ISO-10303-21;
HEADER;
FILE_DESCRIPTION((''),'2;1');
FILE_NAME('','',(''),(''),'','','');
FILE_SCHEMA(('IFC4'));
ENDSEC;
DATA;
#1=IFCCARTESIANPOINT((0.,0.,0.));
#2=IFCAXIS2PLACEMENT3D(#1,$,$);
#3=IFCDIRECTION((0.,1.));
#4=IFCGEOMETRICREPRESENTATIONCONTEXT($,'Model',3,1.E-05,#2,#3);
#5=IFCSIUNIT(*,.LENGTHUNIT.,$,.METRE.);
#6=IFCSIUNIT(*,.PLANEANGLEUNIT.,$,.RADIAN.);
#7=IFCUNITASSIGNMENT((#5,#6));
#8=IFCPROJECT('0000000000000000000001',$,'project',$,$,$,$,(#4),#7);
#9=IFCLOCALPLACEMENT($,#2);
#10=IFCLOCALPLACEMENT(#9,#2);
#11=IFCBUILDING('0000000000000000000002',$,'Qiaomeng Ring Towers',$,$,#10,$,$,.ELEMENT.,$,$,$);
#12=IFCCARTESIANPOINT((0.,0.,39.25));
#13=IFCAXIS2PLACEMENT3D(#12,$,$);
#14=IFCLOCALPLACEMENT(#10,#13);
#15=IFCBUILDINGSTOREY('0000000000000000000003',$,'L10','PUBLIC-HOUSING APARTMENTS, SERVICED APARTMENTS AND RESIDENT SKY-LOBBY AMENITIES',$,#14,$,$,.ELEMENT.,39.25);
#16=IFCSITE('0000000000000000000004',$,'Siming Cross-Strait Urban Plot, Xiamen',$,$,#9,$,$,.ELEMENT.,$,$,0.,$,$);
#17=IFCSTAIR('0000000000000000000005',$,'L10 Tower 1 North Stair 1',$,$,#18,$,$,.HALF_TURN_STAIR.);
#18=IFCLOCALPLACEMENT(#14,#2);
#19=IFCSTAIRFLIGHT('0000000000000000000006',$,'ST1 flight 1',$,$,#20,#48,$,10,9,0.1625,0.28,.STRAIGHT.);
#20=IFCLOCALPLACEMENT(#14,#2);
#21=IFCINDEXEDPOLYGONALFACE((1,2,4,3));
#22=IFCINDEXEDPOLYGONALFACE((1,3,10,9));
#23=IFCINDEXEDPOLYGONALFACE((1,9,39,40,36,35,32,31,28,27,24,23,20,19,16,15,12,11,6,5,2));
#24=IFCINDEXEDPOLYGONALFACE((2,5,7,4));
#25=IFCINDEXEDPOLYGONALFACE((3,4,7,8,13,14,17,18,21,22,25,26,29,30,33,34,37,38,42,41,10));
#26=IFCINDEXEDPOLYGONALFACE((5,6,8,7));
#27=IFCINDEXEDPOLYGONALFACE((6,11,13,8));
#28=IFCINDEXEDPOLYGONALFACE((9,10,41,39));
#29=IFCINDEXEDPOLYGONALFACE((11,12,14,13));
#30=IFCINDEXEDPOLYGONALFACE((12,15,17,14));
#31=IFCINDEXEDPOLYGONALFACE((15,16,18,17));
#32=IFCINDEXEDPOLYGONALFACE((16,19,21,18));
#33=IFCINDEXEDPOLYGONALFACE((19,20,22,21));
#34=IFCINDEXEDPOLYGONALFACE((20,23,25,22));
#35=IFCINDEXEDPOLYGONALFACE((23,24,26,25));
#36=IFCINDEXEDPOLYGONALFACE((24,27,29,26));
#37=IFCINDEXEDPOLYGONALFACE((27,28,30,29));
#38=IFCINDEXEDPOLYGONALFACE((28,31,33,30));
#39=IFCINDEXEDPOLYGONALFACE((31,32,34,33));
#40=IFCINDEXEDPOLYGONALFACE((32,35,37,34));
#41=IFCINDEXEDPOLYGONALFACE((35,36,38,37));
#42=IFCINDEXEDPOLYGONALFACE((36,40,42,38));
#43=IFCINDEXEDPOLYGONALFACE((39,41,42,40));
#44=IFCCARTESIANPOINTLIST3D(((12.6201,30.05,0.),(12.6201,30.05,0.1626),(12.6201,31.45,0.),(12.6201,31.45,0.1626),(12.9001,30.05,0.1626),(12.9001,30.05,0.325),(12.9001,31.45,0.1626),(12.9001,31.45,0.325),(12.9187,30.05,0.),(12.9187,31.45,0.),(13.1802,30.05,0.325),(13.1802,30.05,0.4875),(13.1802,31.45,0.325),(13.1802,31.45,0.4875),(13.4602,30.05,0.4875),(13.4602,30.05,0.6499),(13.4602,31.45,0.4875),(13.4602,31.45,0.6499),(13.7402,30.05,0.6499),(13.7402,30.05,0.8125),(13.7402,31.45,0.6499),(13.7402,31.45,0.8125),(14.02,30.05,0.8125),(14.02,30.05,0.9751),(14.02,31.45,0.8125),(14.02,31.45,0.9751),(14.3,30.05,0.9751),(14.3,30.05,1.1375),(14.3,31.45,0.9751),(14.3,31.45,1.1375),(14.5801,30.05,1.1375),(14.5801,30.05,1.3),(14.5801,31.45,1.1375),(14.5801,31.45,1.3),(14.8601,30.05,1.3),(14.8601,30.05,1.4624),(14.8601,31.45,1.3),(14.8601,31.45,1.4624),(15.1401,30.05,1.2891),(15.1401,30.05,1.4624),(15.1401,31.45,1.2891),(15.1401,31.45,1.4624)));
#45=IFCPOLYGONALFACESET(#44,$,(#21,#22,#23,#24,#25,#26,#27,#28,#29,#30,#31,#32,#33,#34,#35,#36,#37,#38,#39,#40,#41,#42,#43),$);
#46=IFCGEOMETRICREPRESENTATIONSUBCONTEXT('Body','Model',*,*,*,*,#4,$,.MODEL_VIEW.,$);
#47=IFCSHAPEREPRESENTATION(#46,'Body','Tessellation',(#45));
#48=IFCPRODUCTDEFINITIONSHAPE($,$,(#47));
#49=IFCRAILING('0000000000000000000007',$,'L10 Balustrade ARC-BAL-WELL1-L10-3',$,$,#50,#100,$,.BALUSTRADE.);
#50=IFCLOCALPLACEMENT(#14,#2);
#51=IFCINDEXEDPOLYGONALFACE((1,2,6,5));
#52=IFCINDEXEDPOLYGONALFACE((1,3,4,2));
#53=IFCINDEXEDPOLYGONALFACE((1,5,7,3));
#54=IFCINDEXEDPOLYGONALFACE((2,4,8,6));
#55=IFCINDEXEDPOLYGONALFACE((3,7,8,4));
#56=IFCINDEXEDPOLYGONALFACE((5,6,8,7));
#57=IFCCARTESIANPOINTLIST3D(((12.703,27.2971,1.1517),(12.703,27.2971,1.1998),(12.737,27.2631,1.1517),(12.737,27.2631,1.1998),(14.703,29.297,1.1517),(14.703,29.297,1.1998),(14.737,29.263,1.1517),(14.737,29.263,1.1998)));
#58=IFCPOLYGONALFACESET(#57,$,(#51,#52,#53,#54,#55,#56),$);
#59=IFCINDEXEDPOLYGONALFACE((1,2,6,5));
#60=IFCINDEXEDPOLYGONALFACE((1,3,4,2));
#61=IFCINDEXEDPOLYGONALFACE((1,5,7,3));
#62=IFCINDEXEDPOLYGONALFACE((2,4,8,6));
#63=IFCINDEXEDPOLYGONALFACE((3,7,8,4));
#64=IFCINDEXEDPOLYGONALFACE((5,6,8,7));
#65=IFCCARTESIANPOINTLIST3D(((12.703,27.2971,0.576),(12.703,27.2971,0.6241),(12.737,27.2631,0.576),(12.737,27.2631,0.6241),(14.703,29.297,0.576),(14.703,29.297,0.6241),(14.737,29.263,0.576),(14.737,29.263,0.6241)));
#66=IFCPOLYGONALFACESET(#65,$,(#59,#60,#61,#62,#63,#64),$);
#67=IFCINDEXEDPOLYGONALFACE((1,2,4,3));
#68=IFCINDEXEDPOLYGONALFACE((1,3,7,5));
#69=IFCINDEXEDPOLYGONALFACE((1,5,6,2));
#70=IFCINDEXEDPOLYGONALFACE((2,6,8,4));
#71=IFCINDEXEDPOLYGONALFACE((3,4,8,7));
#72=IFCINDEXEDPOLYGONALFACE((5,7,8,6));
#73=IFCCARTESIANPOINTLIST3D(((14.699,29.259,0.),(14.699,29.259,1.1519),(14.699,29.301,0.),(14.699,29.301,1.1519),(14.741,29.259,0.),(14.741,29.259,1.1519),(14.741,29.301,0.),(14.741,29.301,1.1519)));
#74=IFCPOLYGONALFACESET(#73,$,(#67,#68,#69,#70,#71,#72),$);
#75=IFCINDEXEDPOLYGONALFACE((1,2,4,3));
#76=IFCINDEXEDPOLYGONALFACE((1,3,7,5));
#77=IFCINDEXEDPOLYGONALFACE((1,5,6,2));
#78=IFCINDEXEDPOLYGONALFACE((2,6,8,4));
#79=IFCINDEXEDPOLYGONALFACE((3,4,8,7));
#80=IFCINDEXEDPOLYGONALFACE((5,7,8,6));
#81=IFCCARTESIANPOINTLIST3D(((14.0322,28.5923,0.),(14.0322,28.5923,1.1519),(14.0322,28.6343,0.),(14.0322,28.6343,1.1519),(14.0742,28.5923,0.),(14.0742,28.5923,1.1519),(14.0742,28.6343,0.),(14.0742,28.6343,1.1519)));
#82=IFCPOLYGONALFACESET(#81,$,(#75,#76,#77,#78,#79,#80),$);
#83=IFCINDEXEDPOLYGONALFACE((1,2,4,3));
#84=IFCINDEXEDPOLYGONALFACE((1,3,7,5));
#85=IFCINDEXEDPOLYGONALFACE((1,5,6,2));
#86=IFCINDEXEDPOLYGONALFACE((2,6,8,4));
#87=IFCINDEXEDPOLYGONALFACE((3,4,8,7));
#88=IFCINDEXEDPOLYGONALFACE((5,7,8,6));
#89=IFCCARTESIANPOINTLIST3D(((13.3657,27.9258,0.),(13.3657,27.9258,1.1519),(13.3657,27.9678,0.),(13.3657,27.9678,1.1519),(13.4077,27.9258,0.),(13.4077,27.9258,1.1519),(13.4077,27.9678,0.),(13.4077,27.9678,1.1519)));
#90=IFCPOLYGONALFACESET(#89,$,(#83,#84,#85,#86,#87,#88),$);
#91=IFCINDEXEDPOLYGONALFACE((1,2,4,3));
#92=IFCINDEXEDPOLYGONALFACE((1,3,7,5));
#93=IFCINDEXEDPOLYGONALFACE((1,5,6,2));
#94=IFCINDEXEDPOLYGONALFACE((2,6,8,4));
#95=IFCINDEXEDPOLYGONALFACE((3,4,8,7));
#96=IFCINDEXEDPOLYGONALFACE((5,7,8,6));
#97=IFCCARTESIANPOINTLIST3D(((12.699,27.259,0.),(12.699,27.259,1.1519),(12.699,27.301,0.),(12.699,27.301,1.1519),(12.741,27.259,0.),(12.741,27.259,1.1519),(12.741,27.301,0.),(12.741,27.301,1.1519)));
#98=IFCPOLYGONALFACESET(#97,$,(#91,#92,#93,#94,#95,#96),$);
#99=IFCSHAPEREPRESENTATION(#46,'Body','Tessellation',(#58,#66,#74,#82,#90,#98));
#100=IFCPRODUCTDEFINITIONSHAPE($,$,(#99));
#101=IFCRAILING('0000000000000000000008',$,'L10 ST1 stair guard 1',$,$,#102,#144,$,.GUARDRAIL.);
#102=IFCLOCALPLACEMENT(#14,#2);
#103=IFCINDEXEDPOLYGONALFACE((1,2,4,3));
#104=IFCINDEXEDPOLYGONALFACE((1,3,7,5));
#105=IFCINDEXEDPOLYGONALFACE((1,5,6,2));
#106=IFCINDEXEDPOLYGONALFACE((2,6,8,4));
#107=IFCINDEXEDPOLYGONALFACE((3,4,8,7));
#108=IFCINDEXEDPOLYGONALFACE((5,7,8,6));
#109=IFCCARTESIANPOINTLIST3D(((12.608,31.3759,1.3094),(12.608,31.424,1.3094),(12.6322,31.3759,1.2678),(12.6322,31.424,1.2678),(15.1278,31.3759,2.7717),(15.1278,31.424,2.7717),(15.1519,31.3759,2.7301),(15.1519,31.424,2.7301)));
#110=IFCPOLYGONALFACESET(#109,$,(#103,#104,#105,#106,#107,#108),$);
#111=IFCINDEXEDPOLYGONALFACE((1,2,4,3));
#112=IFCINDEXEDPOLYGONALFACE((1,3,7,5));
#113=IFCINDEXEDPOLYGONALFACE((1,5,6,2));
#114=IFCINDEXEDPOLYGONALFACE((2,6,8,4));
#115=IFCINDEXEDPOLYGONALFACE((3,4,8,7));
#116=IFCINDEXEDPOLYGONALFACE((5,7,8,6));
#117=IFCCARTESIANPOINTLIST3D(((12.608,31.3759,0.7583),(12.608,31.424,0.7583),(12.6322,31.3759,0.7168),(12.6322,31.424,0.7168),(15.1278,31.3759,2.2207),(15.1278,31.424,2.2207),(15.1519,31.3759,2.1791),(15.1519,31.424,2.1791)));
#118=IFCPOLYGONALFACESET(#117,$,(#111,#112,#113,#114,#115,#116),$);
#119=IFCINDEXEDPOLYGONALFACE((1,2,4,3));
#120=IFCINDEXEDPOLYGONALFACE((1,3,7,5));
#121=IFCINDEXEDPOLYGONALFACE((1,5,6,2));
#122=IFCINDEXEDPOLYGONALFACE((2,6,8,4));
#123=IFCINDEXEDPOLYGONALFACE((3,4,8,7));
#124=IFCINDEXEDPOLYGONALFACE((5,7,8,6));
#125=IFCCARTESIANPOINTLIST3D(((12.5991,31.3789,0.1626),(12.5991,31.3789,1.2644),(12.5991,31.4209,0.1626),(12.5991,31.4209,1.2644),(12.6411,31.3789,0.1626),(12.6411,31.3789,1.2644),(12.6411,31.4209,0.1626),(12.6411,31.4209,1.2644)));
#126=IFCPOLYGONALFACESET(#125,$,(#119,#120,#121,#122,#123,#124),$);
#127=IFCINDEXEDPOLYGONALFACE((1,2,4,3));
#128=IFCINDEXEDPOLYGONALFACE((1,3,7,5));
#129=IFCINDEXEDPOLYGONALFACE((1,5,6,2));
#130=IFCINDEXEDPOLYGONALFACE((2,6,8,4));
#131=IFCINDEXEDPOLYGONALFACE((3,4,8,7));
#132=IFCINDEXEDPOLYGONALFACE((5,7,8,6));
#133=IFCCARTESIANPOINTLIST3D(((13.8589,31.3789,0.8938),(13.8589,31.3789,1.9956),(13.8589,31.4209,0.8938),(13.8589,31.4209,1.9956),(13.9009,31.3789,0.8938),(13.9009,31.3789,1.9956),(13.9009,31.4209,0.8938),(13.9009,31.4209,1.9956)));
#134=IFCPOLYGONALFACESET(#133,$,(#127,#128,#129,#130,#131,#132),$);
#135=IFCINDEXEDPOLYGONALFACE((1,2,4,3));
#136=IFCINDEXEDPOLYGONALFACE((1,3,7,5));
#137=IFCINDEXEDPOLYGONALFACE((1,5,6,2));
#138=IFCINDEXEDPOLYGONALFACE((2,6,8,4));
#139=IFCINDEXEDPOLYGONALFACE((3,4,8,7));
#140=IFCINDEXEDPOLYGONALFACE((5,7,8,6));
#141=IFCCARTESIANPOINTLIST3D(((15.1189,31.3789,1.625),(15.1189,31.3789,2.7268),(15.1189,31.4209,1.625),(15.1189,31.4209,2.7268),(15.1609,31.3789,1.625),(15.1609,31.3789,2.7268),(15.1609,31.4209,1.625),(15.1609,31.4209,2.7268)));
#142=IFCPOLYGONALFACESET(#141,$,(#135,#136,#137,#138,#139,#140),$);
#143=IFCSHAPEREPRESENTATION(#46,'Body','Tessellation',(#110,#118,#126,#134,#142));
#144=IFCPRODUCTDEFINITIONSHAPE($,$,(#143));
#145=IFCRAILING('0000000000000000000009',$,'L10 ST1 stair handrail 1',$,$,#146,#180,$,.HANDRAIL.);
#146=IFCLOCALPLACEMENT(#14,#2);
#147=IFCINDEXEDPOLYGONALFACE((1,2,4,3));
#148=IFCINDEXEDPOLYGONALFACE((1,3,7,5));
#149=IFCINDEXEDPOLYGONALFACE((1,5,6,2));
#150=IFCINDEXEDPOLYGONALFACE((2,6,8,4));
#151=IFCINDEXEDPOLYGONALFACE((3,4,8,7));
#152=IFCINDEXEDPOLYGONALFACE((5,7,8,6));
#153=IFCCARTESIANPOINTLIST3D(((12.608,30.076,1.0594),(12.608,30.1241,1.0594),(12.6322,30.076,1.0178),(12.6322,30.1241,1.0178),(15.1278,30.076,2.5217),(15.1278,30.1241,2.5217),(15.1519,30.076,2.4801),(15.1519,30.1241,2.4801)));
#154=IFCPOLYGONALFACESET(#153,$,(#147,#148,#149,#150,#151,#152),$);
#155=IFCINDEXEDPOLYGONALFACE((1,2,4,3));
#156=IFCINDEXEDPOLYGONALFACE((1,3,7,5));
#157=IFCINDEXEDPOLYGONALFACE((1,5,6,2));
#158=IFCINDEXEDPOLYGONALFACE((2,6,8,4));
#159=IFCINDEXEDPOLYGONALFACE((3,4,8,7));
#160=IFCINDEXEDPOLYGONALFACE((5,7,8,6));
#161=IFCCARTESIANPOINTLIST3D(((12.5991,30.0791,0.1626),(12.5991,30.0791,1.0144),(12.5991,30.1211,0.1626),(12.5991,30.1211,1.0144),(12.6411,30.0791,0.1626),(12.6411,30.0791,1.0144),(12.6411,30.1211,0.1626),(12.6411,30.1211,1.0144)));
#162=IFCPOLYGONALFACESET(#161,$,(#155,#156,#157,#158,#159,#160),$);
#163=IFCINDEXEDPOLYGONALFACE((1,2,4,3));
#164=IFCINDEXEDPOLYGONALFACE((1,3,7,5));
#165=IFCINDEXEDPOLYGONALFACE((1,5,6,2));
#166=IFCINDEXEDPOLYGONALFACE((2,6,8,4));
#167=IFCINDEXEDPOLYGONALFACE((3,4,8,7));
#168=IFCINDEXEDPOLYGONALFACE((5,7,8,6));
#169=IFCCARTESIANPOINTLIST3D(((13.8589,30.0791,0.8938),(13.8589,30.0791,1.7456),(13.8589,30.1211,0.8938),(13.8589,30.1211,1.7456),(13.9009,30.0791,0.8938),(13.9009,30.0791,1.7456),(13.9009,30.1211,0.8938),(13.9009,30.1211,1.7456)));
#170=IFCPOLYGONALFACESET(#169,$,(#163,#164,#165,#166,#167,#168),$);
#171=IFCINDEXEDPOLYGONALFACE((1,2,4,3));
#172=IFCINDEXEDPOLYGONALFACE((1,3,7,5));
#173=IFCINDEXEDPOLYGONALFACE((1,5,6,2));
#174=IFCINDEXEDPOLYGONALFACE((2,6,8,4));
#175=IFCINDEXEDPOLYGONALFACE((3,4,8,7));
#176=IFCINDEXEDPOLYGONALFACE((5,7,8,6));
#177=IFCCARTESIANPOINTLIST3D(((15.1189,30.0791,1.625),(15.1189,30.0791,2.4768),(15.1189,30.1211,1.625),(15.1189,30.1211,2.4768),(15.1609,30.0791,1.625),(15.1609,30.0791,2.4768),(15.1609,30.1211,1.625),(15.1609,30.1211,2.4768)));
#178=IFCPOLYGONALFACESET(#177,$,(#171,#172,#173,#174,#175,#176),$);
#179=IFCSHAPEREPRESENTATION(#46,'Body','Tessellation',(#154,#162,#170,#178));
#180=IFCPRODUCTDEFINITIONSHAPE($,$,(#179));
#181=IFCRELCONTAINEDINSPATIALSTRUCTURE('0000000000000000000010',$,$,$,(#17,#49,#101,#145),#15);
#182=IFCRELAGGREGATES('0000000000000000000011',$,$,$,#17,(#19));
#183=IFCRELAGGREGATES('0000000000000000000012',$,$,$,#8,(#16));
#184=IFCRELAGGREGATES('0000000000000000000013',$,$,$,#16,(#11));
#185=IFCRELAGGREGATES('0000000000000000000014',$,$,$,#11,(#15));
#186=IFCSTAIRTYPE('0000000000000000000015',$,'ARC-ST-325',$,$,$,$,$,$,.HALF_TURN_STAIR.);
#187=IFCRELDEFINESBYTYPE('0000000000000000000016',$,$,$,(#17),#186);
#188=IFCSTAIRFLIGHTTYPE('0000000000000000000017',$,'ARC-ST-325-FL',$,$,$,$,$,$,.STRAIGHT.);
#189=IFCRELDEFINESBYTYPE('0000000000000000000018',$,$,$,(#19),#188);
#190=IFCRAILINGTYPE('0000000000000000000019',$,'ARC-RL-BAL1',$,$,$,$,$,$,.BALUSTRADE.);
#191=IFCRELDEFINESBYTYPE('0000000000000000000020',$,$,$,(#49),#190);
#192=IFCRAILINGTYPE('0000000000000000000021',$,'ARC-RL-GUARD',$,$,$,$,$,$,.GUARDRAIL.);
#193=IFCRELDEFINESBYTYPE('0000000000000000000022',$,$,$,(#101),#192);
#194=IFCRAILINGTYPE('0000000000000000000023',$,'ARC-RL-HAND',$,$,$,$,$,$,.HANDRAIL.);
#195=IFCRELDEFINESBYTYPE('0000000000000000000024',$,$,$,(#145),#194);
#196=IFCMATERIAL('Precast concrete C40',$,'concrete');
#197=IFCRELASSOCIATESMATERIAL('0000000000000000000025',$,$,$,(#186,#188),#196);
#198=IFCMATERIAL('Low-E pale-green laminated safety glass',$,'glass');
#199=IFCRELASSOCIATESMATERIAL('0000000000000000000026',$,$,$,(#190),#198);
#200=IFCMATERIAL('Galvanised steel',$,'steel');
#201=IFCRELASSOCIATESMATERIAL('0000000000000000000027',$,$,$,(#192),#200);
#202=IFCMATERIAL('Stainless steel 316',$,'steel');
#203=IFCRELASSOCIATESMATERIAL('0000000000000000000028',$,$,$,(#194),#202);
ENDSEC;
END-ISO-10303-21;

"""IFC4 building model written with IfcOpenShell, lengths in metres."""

from ifc_helpers import new_model, si_unit, direction, frame, origin, origin_2d, place, context, subcontext, project, spatial, polyline, rectangle, outline, extrude, source, transform, mapped, material, type_object, element, aggregate, save


model = new_model("IFC4")

# Units and contexts
model_context = context("Model", 3, precision=1e-05, world=origin(), true_north=direction((0.0, 1.0)))
body_context = subcontext(model_context, "Body", "Model", "MODEL_VIEW")
ifc_project = project(units=[si_unit("LENGTHUNIT", "METRE"), si_unit("PLANEANGLEUNIT", "RADIAN")], contexts=[model_context])

# Site, building, storey
site_placement = place(None, origin())
site = spatial("IfcSite", under=ifc_project, at=site_placement, Name="Siming Cross-Strait Urban Plot, Xiamen", CompositionType="ELEMENT", RefElevation=0.0)
building_placement = place(site_placement, origin())
building = spatial("IfcBuilding", under=site, at=building_placement, Name="Qiaomeng Ring Towers", CompositionType="ELEMENT")
storey_placement = place(building_placement, frame((0.0, 0.0, 39.25)))
storey = spatial("IfcBuildingStorey", under=building, at=storey_placement, Name="L10", Description="PUBLIC-HOUSING APARTMENTS, SERVICED APARTMENTS AND RESIDENT SKY-LOBBY AMENITIES", CompositionType="ELEMENT", Elevation=39.25)

# Stair, stair flight
ifc_material_1 = material(Name="Precast concrete C40", Category="concrete")
stair_type = type_object("IfcStairType", Name="ARC-ST-325", PredefinedType="HALF_TURN_STAIR", material=ifc_material_1)
stair_placement = place(storey_placement, origin())
stair = element("IfcStair", 1, at=stair_placement, inside=storey, type_object=stair_type, Name="L10 Tower 1 North Stair 1", PredefinedType="HALF_TURN_STAIR")
stair_flight_type = type_object("IfcStairFlightType", Name="ARC-ST-325-FL", PredefinedType="STRAIGHT", material=ifc_material_1)
shared_shape_1 = source(origin(), body_context, "Body", "SweptSolid", [
    extrude(outline(polyline([(0.0, 0.0), (0.0, 0.1626), (0.28, 0.1626), (0.28, 0.325), (0.5601, 0.325), (0.5601, 0.4875), (0.8401, 0.4875), (0.8401, 0.6499), (1.1201, 0.6499), (1.1201, 0.8125), (1.3999, 0.8125), (1.3999, 0.9751), (1.6799, 0.9751), (1.6799, 1.1375), (1.96, 1.1375), (1.96, 1.3), (2.24, 1.3), (2.24, 1.4624), (2.52, 1.4624), (2.52, 1.625), (2.52, 1.2891), (0.2986, 0.0), (0.0, 0.0)])), frame((0.0, 0.7, 0.0), z_axis=(0.0, -1.0, 0.0), x_axis=(1.0, 0.0, 0.0)), (0.0, 0.0, 1.0), 1.3999),
])
stair_flight_placement = place(storey_placement, frame((12.6201, 30.75, 0.0), z_axis=(0.0, 0.0, 1.0), x_axis=(1.0, 0.0, 0.0)))
stair_flight = element("IfcStairFlight", 2, at=stair_flight_placement, type_object=stair_flight_type, Name="ST1 flight 1", NumberOfRisers=10, NumberOfTreads=9, PredefinedType="STRAIGHT", RiserHeight=0.1625, TreadLength=0.28, context=body_context, shape_type="MappedRepresentation", body=[
    mapped(shared_shape_1, transform((0.0, 0.0, 0.0), x_axis=(1.0, 0.0, 0.0), y_axis=(0.0, 1.0, 0.0), z_axis=(0.0, 0.0, 1.0), scale=1.0)),
])
aggregate(stair, [stair_flight])

# Railings
ifc_material_2 = material(Name="Low-E pale-green laminated safety glass", Category="glass")
railing_type_1 = type_object("IfcRailingType", Name="ARC-RL-BAL1", PredefinedType="BALUSTRADE", material=ifc_material_2)
railing_1_placement = place(storey_placement, frame((14.72, 29.28, 0.0)))
element("IfcRailing", 3, at=railing_1_placement, inside=storey, type_object=railing_type_1, Name="L10 Balustrade ARC-BAL-WELL1-L10-3", PredefinedType="BALUSTRADE", context=body_context, shape_type="SweptSolid", body=[
    extrude(rectangle(XDim=0.0481, YDim=0.0481, at=origin_2d()), frame((0.0, 0.0, 1.1758), z_axis=(-0.707107, -0.707107, 0.0), x_axis=(0.707107, -0.707107, 0.0)), (0.0, 0.0, 1.0), 2.8284),
    extrude(rectangle(XDim=0.0481, YDim=0.0481, at=origin_2d()), frame((0.0, 0.0, 0.6001), z_axis=(-0.707107, -0.707107, 0.0), x_axis=(0.707107, -0.707107, 0.0)), (0.0, 0.0, 1.0), 2.8284),
    extrude(rectangle(XDim=0.042, YDim=0.042, at=origin_2d()), origin(), (0.0, 0.0, 1.0), 1.1519),
    extrude(rectangle(XDim=0.042, YDim=0.042, at=origin_2d()), frame((-0.6667, -0.6667, 0.0)), (0.0, 0.0, 1.0), 1.1519),
    extrude(rectangle(XDim=0.042, YDim=0.042, at=origin_2d()), frame((-1.3333, -1.3333, 0.0)), (0.0, 0.0, 1.0), 1.1519),
    extrude(rectangle(XDim=0.042, YDim=0.042, at=origin_2d()), frame((-2.0, -2.0, 0.0)), (0.0, 0.0, 1.0), 1.1519),
])
ifc_material_3 = material(Name="Galvanised steel", Category="steel")
railing_type_2 = type_object("IfcRailingType", Name="ARC-RL-GUARD", PredefinedType="GUARDRAIL", material=ifc_material_3)
railing_2_placement = place(storey_placement, frame((12.6201, 31.3999, 0.1626)))
element("IfcRailing", 4, at=railing_2_placement, inside=storey, type_object=railing_type_2, Name="L10 ST1 stair guard 1", PredefinedType="GUARDRAIL", context=body_context, shape_type="SweptSolid", body=[
    extrude(rectangle(XDim=0.0481, YDim=0.0481, at=origin_2d()), frame((0.0, 0.0, 1.126), z_axis=(0.864892, 0.0, 0.501958), x_axis=(0.0, 1.0, 0.0)), (0.0, 0.0, 1.0), 2.9133),
    extrude(rectangle(XDim=0.0481, YDim=0.0481, at=origin_2d()), frame((0.0, 0.0, 0.575), z_axis=(0.864892, 0.0, 0.501958), x_axis=(0.0, 1.0, 0.0)), (0.0, 0.0, 1.0), 2.9133),
    extrude(rectangle(XDim=0.042, YDim=0.042, at=origin_2d()), origin(), (0.0, 0.0, 1.0), 1.1018),
    extrude(rectangle(XDim=0.042, YDim=0.042, at=origin_2d()), frame((1.2598, 0.0, 0.7312)), (0.0, 0.0, 1.0), 1.1018),
    extrude(rectangle(XDim=0.042, YDim=0.042, at=origin_2d()), frame((2.5198, 0.0, 1.4624)), (0.0, 0.0, 1.0), 1.1018),
])
ifc_material_4 = material(Name="Stainless steel 316", Category="steel")
railing_type_3 = type_object("IfcRailingType", Name="ARC-RL-HAND", PredefinedType="HANDRAIL", material=ifc_material_4)
railing_3_placement = place(storey_placement, frame((12.6201, 30.1001, 0.1626)))
element("IfcRailing", 5, at=railing_3_placement, inside=storey, type_object=railing_type_3, Name="L10 ST1 stair handrail 1", PredefinedType="HANDRAIL", context=body_context, shape_type="SweptSolid", body=[
    extrude(rectangle(XDim=0.0481, YDim=0.0481, at=origin_2d()), frame((0.0, 0.0, 0.876), z_axis=(0.864892, 0.0, 0.501958), x_axis=(0.0, 1.0, 0.0)), (0.0, 0.0, 1.0), 2.9133),
    extrude(rectangle(XDim=0.042, YDim=0.042, at=origin_2d()), origin(), (0.0, 0.0, 1.0), 0.8518),
    extrude(rectangle(XDim=0.042, YDim=0.042, at=origin_2d()), frame((1.2598, 0.0, 0.7312)), (0.0, 0.0, 1.0), 0.8518),
    extrude(rectangle(XDim=0.042, YDim=0.042, at=origin_2d()), frame((2.5198, 0.0, 1.4624)), (0.0, 0.0, 1.0), 0.8518),
])

save(model, "model.ifc")
